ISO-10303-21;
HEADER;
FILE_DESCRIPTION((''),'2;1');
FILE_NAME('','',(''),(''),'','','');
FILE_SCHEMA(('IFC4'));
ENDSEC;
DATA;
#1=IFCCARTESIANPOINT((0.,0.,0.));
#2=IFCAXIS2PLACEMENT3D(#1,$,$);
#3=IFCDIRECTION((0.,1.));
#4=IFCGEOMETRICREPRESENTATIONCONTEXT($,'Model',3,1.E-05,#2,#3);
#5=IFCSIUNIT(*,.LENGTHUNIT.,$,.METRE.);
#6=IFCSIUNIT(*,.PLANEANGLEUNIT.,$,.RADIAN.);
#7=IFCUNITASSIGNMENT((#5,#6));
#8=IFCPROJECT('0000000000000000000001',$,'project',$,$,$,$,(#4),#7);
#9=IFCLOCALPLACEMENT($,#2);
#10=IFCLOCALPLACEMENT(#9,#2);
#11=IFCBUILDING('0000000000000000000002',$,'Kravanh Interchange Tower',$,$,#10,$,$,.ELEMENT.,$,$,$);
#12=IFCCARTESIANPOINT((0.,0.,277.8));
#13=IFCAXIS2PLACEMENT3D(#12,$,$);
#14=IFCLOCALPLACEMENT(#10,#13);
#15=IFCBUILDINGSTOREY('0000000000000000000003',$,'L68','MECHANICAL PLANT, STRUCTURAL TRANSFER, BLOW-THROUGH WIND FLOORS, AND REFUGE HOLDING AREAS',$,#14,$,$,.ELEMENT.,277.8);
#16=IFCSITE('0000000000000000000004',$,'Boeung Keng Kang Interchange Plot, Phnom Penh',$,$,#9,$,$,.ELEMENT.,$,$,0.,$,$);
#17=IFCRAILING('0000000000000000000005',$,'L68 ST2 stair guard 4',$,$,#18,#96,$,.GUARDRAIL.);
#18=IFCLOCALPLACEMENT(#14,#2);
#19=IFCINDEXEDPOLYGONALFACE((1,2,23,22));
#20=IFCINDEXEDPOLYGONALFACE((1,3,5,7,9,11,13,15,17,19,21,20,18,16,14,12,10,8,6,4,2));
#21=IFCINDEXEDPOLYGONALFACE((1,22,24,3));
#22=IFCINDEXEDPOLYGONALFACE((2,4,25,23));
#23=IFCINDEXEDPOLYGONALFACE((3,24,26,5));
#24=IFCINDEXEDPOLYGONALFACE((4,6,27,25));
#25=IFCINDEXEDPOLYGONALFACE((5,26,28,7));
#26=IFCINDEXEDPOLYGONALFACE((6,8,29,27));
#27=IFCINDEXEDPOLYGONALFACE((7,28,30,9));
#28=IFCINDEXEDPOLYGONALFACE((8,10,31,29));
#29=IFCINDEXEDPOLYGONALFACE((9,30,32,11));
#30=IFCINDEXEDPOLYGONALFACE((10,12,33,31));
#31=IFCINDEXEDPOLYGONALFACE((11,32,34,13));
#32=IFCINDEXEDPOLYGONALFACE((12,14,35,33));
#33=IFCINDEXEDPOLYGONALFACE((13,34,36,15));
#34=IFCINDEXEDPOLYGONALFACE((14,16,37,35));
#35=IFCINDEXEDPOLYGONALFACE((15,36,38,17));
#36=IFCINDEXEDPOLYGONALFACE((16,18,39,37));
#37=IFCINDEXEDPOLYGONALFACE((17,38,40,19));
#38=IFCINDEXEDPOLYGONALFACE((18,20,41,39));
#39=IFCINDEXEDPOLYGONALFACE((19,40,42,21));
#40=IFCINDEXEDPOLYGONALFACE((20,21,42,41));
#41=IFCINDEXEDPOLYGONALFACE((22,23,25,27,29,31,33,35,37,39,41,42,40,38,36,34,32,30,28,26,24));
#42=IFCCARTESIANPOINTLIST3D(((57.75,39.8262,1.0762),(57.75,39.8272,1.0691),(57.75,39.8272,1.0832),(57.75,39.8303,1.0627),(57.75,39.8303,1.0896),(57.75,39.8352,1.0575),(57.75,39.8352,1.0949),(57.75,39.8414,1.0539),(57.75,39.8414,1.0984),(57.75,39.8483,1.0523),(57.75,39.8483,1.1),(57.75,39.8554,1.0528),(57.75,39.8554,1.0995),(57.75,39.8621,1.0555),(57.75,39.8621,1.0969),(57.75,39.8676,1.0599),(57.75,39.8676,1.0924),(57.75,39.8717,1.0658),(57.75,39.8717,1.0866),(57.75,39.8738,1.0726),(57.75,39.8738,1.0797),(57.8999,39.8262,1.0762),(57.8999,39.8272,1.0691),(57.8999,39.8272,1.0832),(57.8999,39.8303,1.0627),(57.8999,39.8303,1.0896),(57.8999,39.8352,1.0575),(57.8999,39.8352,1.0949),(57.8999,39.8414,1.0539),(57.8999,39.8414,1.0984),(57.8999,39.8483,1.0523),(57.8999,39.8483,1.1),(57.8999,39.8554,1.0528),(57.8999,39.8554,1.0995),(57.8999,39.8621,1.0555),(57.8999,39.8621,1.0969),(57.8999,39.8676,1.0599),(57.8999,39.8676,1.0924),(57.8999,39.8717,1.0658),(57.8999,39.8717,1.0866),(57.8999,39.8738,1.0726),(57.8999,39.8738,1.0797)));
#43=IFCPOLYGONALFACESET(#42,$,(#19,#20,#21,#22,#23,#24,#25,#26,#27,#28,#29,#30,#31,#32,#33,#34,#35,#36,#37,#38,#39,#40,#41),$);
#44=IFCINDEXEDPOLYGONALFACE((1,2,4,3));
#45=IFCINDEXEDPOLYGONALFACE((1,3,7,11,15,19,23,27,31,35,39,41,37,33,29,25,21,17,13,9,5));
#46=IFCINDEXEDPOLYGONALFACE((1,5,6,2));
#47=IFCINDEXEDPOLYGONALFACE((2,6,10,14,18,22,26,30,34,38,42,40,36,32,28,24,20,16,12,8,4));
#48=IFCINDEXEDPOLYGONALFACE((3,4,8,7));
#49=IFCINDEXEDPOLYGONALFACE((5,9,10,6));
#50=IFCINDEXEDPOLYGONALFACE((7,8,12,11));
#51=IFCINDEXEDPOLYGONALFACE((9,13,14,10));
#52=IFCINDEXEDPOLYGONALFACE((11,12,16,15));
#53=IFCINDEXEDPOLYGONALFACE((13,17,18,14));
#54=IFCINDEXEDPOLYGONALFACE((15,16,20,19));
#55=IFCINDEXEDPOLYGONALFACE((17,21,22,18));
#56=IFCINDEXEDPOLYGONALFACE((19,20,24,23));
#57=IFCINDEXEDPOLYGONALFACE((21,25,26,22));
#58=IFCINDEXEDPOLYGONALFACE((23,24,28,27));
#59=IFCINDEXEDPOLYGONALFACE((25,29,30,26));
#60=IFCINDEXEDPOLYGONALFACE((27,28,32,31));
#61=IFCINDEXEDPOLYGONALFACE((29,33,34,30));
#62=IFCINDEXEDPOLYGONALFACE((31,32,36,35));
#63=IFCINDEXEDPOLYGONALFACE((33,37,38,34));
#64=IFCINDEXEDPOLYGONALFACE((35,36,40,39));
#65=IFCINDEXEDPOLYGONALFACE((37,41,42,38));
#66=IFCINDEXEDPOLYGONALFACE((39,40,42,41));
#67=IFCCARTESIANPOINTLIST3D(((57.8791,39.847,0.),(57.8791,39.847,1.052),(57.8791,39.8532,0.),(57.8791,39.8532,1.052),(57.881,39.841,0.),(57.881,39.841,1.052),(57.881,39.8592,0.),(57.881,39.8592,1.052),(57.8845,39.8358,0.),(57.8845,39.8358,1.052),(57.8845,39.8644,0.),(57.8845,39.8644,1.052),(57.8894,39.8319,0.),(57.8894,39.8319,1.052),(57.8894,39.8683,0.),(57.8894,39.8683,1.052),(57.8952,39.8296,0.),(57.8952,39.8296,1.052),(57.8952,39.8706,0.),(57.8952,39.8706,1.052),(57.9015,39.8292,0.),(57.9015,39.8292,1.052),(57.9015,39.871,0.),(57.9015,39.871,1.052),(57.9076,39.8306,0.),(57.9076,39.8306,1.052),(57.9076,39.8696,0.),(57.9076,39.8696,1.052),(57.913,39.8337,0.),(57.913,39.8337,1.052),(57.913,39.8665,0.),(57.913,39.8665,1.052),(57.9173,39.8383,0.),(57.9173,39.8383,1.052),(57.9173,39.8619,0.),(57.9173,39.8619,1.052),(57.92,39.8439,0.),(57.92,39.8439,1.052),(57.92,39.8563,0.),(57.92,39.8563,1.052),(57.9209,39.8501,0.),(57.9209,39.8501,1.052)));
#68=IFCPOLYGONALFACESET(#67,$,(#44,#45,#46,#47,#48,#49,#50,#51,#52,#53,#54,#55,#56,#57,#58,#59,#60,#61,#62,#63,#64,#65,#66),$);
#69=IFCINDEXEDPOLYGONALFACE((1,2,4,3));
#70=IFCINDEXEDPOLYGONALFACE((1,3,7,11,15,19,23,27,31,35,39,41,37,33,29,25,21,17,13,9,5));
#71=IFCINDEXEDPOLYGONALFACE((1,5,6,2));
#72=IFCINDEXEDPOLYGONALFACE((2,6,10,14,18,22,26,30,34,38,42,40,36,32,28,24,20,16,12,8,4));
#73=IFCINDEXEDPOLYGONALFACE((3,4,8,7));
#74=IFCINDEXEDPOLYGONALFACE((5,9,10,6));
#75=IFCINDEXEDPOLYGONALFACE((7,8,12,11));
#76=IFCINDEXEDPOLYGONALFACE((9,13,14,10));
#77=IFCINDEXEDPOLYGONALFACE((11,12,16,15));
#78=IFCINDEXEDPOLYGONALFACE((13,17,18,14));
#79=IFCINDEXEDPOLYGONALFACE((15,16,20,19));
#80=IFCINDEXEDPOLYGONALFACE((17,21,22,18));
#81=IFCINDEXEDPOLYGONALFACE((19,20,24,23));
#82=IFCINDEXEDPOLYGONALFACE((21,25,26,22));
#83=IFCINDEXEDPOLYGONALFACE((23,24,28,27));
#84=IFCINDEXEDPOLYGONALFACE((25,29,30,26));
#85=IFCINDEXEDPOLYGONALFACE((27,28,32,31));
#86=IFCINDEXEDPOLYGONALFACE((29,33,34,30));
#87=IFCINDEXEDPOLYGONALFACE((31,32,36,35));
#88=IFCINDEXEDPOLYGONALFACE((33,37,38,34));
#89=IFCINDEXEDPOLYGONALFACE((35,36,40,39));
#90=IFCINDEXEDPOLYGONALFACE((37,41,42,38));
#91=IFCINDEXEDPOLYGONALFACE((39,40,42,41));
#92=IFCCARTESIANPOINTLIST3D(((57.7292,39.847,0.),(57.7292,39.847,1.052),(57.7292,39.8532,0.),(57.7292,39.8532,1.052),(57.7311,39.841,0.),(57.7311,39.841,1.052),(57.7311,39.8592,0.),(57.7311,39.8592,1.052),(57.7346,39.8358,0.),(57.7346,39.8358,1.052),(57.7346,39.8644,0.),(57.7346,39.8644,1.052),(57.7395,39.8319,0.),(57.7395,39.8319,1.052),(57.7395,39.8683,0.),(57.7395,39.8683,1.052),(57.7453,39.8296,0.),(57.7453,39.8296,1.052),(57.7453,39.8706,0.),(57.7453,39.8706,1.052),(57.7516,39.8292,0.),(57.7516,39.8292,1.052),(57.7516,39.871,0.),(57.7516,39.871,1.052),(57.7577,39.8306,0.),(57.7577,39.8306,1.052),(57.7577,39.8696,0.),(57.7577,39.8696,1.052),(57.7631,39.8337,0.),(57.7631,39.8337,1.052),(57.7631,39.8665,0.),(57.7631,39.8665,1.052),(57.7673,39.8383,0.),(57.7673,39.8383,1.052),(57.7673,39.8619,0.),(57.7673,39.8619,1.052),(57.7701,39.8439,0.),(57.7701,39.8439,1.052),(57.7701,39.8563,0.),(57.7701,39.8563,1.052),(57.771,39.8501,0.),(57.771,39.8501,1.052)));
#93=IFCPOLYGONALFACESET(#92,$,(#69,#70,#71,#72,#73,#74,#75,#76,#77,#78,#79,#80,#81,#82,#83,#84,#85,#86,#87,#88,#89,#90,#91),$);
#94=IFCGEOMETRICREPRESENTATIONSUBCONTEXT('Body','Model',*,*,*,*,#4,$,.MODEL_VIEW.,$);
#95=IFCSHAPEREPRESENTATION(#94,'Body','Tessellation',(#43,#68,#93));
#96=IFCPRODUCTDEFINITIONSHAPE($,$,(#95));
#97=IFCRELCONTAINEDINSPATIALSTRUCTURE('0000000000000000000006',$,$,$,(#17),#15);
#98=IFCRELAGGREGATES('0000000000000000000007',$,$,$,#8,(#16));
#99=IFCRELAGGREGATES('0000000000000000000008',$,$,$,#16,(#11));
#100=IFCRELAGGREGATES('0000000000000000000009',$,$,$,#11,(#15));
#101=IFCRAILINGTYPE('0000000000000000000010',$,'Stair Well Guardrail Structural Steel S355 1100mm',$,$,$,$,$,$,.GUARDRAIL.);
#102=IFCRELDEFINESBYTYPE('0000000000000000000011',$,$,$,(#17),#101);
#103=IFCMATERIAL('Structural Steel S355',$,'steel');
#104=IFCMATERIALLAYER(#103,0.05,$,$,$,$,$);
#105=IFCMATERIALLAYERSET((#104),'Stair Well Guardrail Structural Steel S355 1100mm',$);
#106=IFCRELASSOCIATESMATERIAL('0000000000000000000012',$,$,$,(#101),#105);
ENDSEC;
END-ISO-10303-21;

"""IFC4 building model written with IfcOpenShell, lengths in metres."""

from ifc_helpers import new_model, si_unit, direction, frame, origin, origin_2d, place, context, subcontext, project, spatial, circle, extrude, material, layer, layer_set, type_object, element, save


model = new_model("IFC4")

# Units and contexts
model_context = context("Model", 3, precision=1e-05, world=origin(), true_north=direction((0.0, 1.0)))
body_context = subcontext(model_context, "Body", "Model", "MODEL_VIEW")
ifc_project = project(units=[si_unit("LENGTHUNIT", "METRE"), si_unit("PLANEANGLEUNIT", "RADIAN")], contexts=[model_context])

# Site, building, storey
site_placement = place(None, origin())
site = spatial("IfcSite", under=ifc_project, at=site_placement, Name="Boeung Keng Kang Interchange Plot, Phnom Penh", CompositionType="ELEMENT", RefElevation=0.0)
building_placement = place(site_placement, origin())
building = spatial("IfcBuilding", under=site, at=building_placement, Name="Kravanh Interchange Tower", CompositionType="ELEMENT")
storey_placement = place(building_placement, frame((0.0, 0.0, 277.8)))
storey = spatial("IfcBuildingStorey", under=building, at=storey_placement, Name="L68", Description="MECHANICAL PLANT, STRUCTURAL TRANSFER, BLOW-THROUGH WIND FLOORS, AND REFUGE HOLDING AREAS", CompositionType="ELEMENT", Elevation=277.8)

# Railing
ifc_material_1 = material(Name="Structural Steel S355", Category="steel")
ifc_layer_1 = layer(ifc_material_1, 0.05)
ifc_layer_set_1 = layer_set([ifc_layer_1], Name="Stair Well Guardrail Structural Steel S355 1100mm")
railing_type_1 = type_object("IfcRailingType", Name="Stair Well Guardrail Structural Steel S355 1100mm", PredefinedType="GUARDRAIL", material=ifc_layer_set_1)
railing_1_placement = place(storey_placement, frame((57.8999, 39.8501, 0.0)))
element("IfcRailing", 1, at=railing_1_placement, inside=storey, type_object=railing_type_1, Name="L68 ST2 stair guard 4", PredefinedType="GUARDRAIL", context=body_context, shape_type="SweptSolid", body=[
    extrude(circle(Radius=0.0239, at=origin_2d()), frame((0.0, 0.0, 1.0762), z_axis=(-1.0, 0.0, 0.0), x_axis=(0.0, -1.0, 0.0)), (0.0, 0.0, 1.0), 0.1499),
    extrude(circle(Radius=0.021, at=origin_2d()), origin(), (0.0, 0.0, 1.0), 1.052),
    extrude(circle(Radius=0.021, at=origin_2d()), frame((-0.1499, 0.0, 0.0)), (0.0, 0.0, 1.0), 1.052),
])

save(model, "model.ifc")
